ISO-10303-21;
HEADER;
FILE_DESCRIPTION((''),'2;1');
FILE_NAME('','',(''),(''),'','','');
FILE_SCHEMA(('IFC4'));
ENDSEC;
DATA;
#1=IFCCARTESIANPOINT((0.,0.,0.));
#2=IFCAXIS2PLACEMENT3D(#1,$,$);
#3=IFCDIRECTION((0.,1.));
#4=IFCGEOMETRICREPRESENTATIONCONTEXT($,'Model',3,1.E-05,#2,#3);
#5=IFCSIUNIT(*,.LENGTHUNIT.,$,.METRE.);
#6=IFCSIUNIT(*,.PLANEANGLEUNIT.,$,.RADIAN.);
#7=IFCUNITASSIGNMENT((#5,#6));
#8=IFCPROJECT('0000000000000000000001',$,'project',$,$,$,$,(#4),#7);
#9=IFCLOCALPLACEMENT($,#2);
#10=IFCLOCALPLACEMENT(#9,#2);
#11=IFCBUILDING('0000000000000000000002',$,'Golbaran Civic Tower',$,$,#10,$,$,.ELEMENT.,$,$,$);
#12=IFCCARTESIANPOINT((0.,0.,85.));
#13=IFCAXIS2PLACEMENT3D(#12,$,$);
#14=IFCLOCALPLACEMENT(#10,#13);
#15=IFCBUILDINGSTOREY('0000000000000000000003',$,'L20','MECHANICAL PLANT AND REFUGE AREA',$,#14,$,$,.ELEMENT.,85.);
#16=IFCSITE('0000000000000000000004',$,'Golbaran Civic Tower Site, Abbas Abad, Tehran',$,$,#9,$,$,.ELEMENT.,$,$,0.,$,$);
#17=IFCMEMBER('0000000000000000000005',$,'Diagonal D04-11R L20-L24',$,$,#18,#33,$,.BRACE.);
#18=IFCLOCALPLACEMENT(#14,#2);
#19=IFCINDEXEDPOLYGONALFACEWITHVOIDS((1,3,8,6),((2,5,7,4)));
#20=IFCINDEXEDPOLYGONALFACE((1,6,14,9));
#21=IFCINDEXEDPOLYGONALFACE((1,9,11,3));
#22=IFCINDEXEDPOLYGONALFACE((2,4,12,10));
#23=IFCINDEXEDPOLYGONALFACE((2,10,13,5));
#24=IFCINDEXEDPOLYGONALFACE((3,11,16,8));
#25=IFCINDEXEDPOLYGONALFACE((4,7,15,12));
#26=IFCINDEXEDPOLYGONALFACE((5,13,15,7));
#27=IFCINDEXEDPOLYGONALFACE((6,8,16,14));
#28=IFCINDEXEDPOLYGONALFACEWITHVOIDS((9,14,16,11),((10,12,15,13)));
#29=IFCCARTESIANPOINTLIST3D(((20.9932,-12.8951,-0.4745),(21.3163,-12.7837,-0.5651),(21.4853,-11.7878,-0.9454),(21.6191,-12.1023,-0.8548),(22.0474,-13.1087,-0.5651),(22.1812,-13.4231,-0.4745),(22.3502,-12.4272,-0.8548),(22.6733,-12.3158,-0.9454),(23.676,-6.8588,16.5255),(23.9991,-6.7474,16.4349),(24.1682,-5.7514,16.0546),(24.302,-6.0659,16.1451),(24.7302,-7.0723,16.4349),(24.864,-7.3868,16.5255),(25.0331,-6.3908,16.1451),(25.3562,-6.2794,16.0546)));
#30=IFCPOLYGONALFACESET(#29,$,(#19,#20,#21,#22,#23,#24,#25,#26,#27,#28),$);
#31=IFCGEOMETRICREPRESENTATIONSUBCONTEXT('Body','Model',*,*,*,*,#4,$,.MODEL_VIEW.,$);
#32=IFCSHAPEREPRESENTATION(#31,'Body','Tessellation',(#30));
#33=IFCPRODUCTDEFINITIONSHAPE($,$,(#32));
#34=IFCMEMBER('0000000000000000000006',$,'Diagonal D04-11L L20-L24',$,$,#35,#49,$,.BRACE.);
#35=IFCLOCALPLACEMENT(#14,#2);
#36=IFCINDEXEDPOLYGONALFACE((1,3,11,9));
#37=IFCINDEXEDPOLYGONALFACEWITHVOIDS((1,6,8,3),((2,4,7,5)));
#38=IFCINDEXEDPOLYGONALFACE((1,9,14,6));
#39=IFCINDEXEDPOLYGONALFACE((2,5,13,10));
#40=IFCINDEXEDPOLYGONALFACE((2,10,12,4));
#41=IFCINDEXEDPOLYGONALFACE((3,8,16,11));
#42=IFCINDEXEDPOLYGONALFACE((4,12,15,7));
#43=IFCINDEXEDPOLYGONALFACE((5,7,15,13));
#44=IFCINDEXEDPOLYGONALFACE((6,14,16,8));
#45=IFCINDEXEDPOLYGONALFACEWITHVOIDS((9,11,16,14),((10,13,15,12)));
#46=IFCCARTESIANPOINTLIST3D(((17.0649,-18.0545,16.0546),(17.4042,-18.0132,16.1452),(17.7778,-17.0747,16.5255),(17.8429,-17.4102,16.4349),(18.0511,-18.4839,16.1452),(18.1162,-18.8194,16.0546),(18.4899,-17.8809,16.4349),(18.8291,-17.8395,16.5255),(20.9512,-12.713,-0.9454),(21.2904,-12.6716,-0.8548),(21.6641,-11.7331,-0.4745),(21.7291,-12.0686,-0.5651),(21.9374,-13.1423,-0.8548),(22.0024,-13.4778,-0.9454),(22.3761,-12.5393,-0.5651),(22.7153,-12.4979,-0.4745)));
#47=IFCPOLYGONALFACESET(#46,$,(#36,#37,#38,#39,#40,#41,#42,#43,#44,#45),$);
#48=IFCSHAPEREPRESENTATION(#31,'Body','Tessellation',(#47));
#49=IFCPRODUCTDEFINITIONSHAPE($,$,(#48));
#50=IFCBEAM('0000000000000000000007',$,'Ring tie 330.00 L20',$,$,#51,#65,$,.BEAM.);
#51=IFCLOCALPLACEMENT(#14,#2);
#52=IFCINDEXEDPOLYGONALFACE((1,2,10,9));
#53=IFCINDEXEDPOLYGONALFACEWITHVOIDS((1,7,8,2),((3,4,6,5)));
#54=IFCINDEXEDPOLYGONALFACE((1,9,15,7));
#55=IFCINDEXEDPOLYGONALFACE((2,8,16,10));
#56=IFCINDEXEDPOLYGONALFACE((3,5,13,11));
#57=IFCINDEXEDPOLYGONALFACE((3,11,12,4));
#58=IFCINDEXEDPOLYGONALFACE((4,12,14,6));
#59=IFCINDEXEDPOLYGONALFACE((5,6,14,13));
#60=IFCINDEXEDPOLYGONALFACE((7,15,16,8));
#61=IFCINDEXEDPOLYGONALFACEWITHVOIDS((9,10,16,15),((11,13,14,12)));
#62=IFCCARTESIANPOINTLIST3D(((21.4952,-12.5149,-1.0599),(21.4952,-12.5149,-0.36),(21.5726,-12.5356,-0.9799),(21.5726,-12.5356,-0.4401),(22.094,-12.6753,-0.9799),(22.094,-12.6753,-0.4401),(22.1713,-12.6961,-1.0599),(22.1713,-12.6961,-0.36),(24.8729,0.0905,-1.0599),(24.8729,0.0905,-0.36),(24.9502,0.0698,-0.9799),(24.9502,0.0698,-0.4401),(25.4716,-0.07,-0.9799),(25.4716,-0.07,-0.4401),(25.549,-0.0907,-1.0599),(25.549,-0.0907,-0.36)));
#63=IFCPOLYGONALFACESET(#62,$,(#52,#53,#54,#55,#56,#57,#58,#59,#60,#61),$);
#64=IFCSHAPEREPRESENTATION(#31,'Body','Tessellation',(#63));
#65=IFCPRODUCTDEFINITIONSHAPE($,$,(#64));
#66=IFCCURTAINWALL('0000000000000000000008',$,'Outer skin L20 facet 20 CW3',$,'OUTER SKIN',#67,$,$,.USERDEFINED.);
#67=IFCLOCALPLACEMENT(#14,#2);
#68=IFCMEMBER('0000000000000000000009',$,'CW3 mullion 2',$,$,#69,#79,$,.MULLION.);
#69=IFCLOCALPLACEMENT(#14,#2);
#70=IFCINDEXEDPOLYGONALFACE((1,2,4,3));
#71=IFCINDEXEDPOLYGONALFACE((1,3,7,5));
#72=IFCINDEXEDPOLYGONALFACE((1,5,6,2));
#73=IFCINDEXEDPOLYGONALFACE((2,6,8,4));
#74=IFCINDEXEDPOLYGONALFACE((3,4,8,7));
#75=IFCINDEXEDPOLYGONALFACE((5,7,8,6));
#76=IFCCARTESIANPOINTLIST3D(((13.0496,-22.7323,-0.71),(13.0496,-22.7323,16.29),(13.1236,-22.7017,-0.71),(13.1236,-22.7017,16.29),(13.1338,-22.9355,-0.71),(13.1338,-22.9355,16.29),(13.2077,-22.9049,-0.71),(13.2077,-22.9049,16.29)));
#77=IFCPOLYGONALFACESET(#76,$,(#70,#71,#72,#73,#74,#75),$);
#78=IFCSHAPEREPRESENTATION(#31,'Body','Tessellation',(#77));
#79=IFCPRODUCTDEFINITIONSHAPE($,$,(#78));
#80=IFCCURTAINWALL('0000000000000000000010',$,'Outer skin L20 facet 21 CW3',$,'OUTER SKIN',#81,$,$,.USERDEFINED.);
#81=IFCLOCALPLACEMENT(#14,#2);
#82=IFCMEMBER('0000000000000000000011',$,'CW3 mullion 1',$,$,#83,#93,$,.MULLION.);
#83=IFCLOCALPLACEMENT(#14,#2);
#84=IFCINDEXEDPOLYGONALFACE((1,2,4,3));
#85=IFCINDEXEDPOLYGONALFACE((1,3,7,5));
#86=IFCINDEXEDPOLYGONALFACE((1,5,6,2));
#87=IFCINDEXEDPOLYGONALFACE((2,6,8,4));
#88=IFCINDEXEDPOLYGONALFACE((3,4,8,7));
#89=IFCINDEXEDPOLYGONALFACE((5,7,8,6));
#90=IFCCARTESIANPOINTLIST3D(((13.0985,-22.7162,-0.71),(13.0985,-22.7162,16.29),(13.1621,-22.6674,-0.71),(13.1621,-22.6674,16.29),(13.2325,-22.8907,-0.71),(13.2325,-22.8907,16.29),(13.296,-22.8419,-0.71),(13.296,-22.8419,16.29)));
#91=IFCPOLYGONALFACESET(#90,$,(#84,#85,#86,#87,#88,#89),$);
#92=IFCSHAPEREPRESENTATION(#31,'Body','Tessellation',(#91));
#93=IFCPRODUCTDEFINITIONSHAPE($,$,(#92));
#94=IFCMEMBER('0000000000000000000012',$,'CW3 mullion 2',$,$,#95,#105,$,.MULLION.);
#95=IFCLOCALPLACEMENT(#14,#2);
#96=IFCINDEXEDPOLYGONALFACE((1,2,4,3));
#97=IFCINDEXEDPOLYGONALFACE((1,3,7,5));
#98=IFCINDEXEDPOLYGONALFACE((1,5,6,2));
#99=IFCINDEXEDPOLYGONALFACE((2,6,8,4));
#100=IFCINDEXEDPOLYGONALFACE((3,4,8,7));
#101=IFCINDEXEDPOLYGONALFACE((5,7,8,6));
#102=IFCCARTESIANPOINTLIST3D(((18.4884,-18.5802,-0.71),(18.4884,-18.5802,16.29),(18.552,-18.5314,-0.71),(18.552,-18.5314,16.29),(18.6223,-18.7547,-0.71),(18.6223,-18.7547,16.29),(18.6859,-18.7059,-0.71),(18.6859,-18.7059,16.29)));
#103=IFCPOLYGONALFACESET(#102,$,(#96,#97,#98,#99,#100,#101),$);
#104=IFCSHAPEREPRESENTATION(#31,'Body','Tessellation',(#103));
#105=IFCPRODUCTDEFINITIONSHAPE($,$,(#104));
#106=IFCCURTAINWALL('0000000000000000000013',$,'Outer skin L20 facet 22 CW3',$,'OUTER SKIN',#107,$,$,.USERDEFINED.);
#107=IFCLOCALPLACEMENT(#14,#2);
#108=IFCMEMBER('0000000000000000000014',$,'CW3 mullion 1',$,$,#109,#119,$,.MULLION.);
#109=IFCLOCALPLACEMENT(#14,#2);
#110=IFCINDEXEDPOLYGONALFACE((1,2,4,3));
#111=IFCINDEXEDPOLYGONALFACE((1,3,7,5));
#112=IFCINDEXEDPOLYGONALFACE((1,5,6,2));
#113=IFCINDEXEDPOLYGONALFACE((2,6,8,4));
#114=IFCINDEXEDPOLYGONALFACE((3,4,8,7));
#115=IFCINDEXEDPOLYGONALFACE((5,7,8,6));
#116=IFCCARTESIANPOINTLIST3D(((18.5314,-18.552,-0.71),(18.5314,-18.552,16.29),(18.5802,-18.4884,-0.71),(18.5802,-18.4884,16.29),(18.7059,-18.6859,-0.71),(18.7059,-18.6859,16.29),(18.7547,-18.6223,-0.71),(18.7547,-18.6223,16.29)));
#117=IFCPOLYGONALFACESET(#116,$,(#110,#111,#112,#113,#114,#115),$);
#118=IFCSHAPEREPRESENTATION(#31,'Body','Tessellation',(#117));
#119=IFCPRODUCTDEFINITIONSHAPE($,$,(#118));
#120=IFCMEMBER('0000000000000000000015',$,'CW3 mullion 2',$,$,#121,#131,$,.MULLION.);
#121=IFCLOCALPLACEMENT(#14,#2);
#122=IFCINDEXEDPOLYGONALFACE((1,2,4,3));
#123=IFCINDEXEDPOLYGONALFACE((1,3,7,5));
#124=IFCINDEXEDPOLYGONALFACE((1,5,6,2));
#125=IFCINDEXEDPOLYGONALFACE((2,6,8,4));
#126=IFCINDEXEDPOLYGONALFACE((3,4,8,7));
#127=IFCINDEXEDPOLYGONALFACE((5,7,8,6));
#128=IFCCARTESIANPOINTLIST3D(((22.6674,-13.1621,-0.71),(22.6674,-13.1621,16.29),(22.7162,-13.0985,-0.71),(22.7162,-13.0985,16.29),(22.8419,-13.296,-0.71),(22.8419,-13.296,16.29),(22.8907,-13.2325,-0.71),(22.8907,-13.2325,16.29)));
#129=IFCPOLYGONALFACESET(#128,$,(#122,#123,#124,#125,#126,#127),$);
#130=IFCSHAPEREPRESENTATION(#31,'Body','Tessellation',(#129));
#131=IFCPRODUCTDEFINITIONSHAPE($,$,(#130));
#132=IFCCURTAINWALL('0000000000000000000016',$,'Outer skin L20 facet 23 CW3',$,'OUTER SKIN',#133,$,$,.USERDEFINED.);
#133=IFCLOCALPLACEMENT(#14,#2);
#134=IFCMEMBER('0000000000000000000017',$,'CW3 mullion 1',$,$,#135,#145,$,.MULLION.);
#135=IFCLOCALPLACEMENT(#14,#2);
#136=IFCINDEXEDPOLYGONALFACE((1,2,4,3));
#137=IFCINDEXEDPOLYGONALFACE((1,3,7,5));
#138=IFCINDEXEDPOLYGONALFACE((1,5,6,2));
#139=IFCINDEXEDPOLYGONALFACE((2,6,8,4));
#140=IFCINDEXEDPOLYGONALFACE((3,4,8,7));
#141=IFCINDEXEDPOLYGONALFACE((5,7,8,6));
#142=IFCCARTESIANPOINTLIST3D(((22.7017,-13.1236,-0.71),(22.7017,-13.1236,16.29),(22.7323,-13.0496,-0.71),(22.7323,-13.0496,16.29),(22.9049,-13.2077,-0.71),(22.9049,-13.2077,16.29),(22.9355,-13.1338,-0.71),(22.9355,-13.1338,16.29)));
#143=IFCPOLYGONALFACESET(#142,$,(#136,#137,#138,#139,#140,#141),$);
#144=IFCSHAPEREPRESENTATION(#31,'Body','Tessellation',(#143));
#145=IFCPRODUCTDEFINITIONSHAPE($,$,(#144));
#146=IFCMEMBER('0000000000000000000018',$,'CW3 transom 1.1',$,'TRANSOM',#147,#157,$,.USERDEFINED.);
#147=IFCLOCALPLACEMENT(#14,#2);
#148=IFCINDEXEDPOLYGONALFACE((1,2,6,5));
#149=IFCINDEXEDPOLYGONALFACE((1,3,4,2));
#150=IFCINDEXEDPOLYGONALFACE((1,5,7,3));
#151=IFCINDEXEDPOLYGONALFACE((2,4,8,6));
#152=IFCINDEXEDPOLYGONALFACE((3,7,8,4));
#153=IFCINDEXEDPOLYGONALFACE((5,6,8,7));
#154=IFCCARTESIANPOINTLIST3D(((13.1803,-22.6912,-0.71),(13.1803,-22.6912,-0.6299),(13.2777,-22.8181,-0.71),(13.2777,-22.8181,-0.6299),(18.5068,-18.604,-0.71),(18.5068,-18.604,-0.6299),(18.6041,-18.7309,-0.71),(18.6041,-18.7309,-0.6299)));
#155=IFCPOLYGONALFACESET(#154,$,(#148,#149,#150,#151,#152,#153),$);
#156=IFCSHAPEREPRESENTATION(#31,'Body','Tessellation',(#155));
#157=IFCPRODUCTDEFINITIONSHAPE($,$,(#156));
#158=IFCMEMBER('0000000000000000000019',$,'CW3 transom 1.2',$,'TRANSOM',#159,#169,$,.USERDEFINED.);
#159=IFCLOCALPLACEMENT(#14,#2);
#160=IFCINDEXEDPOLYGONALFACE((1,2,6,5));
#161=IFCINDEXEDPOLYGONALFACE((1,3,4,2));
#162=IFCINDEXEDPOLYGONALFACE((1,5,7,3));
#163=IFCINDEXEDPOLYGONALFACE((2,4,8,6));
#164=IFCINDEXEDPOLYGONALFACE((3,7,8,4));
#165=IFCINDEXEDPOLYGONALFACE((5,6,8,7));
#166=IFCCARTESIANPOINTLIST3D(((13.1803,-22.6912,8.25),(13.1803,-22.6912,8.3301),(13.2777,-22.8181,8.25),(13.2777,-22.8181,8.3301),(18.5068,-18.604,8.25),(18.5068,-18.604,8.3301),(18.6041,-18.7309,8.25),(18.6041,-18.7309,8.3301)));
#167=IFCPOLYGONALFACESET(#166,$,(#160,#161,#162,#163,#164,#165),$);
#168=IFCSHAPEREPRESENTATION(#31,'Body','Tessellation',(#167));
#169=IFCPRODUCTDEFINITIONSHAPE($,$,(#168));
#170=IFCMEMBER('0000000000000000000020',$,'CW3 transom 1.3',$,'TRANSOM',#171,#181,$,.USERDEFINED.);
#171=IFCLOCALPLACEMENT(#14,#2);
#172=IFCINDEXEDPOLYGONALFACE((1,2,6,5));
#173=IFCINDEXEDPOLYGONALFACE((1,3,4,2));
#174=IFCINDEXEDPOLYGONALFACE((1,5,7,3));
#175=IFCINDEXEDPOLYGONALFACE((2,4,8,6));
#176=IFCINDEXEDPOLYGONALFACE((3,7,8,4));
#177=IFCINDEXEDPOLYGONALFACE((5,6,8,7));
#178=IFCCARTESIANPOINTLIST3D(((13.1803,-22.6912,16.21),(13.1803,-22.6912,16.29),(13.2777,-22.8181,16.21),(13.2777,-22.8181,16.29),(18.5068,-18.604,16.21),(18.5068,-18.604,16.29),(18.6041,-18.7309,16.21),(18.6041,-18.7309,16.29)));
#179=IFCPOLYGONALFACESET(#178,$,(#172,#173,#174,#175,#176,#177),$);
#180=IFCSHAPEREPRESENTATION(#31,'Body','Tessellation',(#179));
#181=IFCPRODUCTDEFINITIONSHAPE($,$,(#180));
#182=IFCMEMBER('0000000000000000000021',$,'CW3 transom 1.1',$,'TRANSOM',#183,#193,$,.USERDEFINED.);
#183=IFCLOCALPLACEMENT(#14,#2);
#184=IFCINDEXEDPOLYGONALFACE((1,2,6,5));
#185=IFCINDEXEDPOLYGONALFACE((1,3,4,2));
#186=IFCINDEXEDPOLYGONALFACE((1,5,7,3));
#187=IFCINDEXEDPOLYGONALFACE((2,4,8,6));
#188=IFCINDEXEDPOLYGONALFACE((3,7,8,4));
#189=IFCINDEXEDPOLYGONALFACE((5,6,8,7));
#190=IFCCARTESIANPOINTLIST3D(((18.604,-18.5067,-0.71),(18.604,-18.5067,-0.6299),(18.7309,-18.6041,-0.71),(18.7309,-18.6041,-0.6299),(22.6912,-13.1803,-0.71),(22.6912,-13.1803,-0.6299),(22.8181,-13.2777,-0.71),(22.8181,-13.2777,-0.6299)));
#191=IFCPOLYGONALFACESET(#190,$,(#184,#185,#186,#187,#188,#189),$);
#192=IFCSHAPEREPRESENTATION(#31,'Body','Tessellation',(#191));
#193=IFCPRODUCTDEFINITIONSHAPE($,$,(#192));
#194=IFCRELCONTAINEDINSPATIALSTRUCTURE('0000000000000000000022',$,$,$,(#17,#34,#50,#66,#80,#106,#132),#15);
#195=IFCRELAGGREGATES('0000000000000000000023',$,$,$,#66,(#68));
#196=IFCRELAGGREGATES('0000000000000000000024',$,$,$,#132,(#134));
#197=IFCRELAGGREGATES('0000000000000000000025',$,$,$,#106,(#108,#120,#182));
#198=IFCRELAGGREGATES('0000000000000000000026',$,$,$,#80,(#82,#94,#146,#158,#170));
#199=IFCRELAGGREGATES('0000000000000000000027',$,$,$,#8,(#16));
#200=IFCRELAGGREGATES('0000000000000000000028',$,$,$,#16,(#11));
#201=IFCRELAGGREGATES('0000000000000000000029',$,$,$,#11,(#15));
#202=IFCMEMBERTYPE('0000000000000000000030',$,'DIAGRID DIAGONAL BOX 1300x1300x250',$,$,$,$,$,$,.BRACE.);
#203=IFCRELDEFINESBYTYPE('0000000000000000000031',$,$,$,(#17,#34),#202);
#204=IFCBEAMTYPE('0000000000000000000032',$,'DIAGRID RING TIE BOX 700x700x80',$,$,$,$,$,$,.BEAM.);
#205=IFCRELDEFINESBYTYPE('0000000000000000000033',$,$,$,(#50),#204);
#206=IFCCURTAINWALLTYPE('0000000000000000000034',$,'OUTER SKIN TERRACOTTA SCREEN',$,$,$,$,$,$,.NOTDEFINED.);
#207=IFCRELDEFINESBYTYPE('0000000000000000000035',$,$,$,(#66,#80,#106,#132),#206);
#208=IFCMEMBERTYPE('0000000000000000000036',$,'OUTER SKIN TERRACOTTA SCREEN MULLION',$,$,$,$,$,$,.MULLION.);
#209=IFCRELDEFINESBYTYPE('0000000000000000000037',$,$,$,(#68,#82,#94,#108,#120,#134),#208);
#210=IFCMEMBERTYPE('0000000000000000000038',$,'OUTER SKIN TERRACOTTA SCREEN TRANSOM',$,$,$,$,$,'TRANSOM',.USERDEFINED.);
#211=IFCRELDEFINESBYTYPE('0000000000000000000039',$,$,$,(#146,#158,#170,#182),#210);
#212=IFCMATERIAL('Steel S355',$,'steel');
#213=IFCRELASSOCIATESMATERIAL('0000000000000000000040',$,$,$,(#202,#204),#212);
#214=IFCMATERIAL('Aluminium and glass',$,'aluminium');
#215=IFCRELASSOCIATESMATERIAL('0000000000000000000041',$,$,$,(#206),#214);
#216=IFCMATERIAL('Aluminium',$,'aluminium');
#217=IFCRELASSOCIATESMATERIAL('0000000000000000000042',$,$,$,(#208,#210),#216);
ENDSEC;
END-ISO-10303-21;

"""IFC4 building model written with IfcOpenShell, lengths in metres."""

from ifc_helpers import new_model, si_unit, direction, frame, origin, origin_2d, place, context, subcontext, project, spatial, rectangle, hollow_rectangle, extrude, material, material_profile, profile_set, type_object, element, aggregate, save


model = new_model("IFC4")

# Units and contexts
model_context = context("Model", 3, precision=1e-05, world=origin(), true_north=direction((0.0, 1.0)))
body_context = subcontext(model_context, "Body", "Model", "MODEL_VIEW")
ifc_project = project(units=[si_unit("LENGTHUNIT", "METRE"), si_unit("PLANEANGLEUNIT", "RADIAN")], contexts=[model_context])

# Site, building, storey
site_placement = place(None, origin())
site = spatial("IfcSite", under=ifc_project, at=site_placement, Name="Golbaran Civic Tower Site, Abbas Abad, Tehran", CompositionType="ELEMENT", RefElevation=0.0)
building_placement = place(site_placement, origin())
building = spatial("IfcBuilding", under=site, at=building_placement, Name="Golbaran Civic Tower", CompositionType="ELEMENT")
storey_placement = place(building_placement, frame((0.0, 0.0, 85.0)))
storey = spatial("IfcBuildingStorey", under=building, at=storey_placement, Name="L20", Description="MECHANICAL PLANT AND REFUGE AREA", CompositionType="ELEMENT", Elevation=85.0)

# Members
ifc_material_1 = material(Name="Steel S355", Category="steel")
ifc_material_profile_1 = material_profile(ifc_material_1, hollow_rectangle(XDim=1.3, YDim=1.3, WallThickness=0.25, at=origin_2d()), Name="BOX 1300x1300x250")
ifc_profile_set_1 = profile_set([ifc_material_profile_1], Name="Steel S355")
member_type_1 = type_object("IfcMemberType", Name="DIAGRID DIAGONAL BOX 1300x1300x250", PredefinedType="BRACE", material=ifc_profile_set_1)
for number, where, z_axis, x_axis, name in (
    (1, (21.8333, -12.6055, -0.71), (0.1471, 0.330973, 0.932104), (-0.91381, 0.406142, 0.0), "Diagonal D04-11R L20-L24"),
    (2, (21.8333, -12.6055, -0.71), (-0.213081, -0.292876, 0.932105), (0.808631, -0.588317, 0.0), "Diagonal D04-11L L20-L24"),
):
    element("IfcMember", number, at=place(storey_placement, frame(where, z_axis=z_axis, x_axis=x_axis)), inside=storey, type_object=member_type_1, Name=name, PredefinedType="BRACE", context=body_context, shape_type="SweptSolid", body=[
        extrude(hollow_rectangle(XDim=1.3, YDim=1.3, WallThickness=0.25, at=origin_2d()), origin(), (0.0, 0.0, 1.0), 18.2383),
    ])

# Beam
ifc_material_profile_2 = material_profile(ifc_material_1, hollow_rectangle(XDim=0.7, YDim=0.7, WallThickness=0.0801, at=origin_2d()), Name="BOX 700x700x80")
ifc_profile_set_2 = profile_set([ifc_material_profile_2], Name="Steel S355")
beam_type = type_object("IfcBeamType", Name="DIAGRID RING TIE BOX 700x700x80", PredefinedType="BEAM", material=ifc_profile_set_2)
beam_placement = place(storey_placement, frame((21.8333, -12.6055, -0.71), z_axis=(0.258823, 0.965925, 0.0), x_axis=(-0.965925, 0.258823, 0.0)))
element("IfcBeam", 3, at=beam_placement, inside=storey, type_object=beam_type, Name="Ring tie 330.00 L20", PredefinedType="BEAM", context=body_context, shape_type="SweptSolid", body=[
    extrude(hollow_rectangle(XDim=0.7, YDim=0.7, WallThickness=0.0801, at=origin_2d()), origin(), (0.0, 0.0, 1.0), 13.05),
])

# Curtain wall, member
ifc_material_2 = material(Name="Aluminium and glass", Category="aluminium")
curtain_wall_type_1 = type_object("IfcCurtainWallType", Name="OUTER SKIN TERRACOTTA SCREEN", PredefinedType="NOTDEFINED", material=ifc_material_2)
curtain_wall_1_placement = place(storey_placement, origin())
curtain_wall_1 = element("IfcCurtainWall", 4, at=curtain_wall_1_placement, inside=storey, type_object=curtain_wall_type_1, Name="Outer skin L20 facet 20 CW3", ObjectType="OUTER SKIN", PredefinedType="USERDEFINED")
ifc_material_3 = material(Name="Aluminium", Category="aluminium")
ifc_material_profile_3 = material_profile(ifc_material_3, rectangle(XDim=0.22, YDim=0.0801, at=origin_2d()), Name="OUTER SKIN TERRACOTTA SCREEN MULLION")
ifc_profile_set_3 = profile_set([ifc_material_profile_3], Name="Aluminium")
member_type_2 = type_object("IfcMemberType", Name="OUTER SKIN TERRACOTTA SCREEN MULLION", PredefinedType="MULLION", material=ifc_profile_set_3)
member_1_placement = place(storey_placement, frame((13.1287, -22.8186, -0.71), z_axis=(0.0, 0.0, 1.0), x_axis=(-0.382683, 0.92388, 0.0)))
member_1 = element("IfcMember", 5, at=member_1_placement, type_object=member_type_2, Name="CW3 mullion 2", PredefinedType="MULLION", context=body_context, shape_type="SweptSolid", body=[
    extrude(rectangle(XDim=0.22, YDim=0.0801, at=origin_2d()), origin(), (0.0, 0.0, 1.0), 17.0),
])
aggregate(curtain_wall_1, [member_1])

# Curtain walls, members
curtain_wall_2_placement = place(storey_placement, origin())
curtain_wall_2 = element("IfcCurtainWall", 6, at=curtain_wall_2_placement, inside=storey, type_object=curtain_wall_type_1, Name="Outer skin L20 facet 21 CW3", ObjectType="OUTER SKIN", PredefinedType="USERDEFINED")
member_2_placement = place(storey_placement, frame((13.1973, -22.7791, -0.71), z_axis=(0.0, 0.0, 1.0), x_axis=(-0.608761, 0.793353, 0.0)))
member_2 = element("IfcMember", 7, at=member_2_placement, type_object=member_type_2, Name="CW3 mullion 1", PredefinedType="MULLION", context=body_context, shape_type="SweptSolid", body=[
    extrude(rectangle(XDim=0.22, YDim=0.0801, at=origin_2d()), origin(), (0.0, 0.0, 1.0), 17.0),
])
member_3_placement = place(storey_placement, frame((18.5872, -18.6431, -0.71), z_axis=(0.0, 0.0, 1.0), x_axis=(-0.608761, 0.793353, 0.0)))
member_3 = element("IfcMember", 8, at=member_3_placement, type_object=member_type_2, Name="CW3 mullion 2", PredefinedType="MULLION", context=body_context, shape_type="SweptSolid", body=[
    extrude(rectangle(XDim=0.22, YDim=0.0801, at=origin_2d()), origin(), (0.0, 0.0, 1.0), 17.0),
])
curtain_wall_3_placement = place(storey_placement, origin())
curtain_wall_3 = element("IfcCurtainWall", 9, at=curtain_wall_3_placement, inside=storey, type_object=curtain_wall_type_1, Name="Outer skin L20 facet 22 CW3", ObjectType="OUTER SKIN", PredefinedType="USERDEFINED")
member_4_placement = place(storey_placement, frame((18.6431, -18.5872, -0.71), z_axis=(0.0, 0.0, 1.0), x_axis=(-0.793353, 0.608761, 0.0)))
member_4 = element("IfcMember", 10, at=member_4_placement, type_object=member_type_2, Name="CW3 mullion 1", PredefinedType="MULLION", context=body_context, shape_type="SweptSolid", body=[
    extrude(rectangle(XDim=0.22, YDim=0.0801, at=origin_2d()), origin(), (0.0, 0.0, 1.0), 17.0),
])
member_5_placement = place(storey_placement, frame((22.7791, -13.1973, -0.71), z_axis=(0.0, 0.0, 1.0), x_axis=(-0.793353, 0.608761, 0.0)))
member_5 = element("IfcMember", 11, at=member_5_placement, type_object=member_type_2, Name="CW3 mullion 2", PredefinedType="MULLION", context=body_context, shape_type="SweptSolid", body=[
    extrude(rectangle(XDim=0.22, YDim=0.0801, at=origin_2d()), origin(), (0.0, 0.0, 1.0), 17.0),
])

# Curtain wall, member
curtain_wall_4_placement = place(storey_placement, origin())
curtain_wall_4 = element("IfcCurtainWall", 12, at=curtain_wall_4_placement, inside=storey, type_object=curtain_wall_type_1, Name="Outer skin L20 facet 23 CW3", ObjectType="OUTER SKIN", PredefinedType="USERDEFINED")
member_6_placement = place(storey_placement, frame((22.8186, -13.1287, -0.71), z_axis=(0.0, 0.0, 1.0), x_axis=(-0.92388, 0.382683, 0.0)))
member_6 = element("IfcMember", 13, at=member_6_placement, type_object=member_type_2, Name="CW3 mullion 1", PredefinedType="MULLION", context=body_context, shape_type="SweptSolid", body=[
    extrude(rectangle(XDim=0.22, YDim=0.0801, at=origin_2d()), origin(), (0.0, 0.0, 1.0), 17.0),
])

# Members
ifc_material_profile_4 = material_profile(ifc_material_3, rectangle(XDim=0.1599, YDim=0.0801, at=origin_2d()), Name="OUTER SKIN TERRACOTTA SCREEN TRANSOM")
ifc_profile_set_4 = profile_set([ifc_material_profile_4], Name="Aluminium")
member_type_3 = type_object("IfcMemberType", Name="OUTER SKIN TERRACOTTA SCREEN TRANSOM", ElementType="TRANSOM", PredefinedType="USERDEFINED", material=ifc_profile_set_4)
member_7_placement = place(storey_placement, frame((13.229, -22.7546, -0.6699), z_axis=(0.793349, 0.608767, 0.0), x_axis=(-0.608767, 0.793349, 0.0)))
member_7 = element("IfcMember", 14, at=member_7_placement, type_object=member_type_3, Name="CW3 transom 1.1", ObjectType="TRANSOM", PredefinedType="USERDEFINED", context=body_context, shape_type="SweptSolid", body=[
    extrude(rectangle(XDim=0.1599, YDim=0.0801, at=origin_2d()), origin(), (0.0, 0.0, 1.0), 6.7139),
])
member_8_placement = place(storey_placement, frame((13.229, -22.7546, 8.29), z_axis=(0.793349, 0.608767, 0.0), x_axis=(-0.608767, 0.793349, 0.0)))
member_8 = element("IfcMember", 15, at=member_8_placement, type_object=member_type_3, Name="CW3 transom 1.2", ObjectType="TRANSOM", PredefinedType="USERDEFINED", context=body_context, shape_type="SweptSolid", body=[
    extrude(rectangle(XDim=0.1599, YDim=0.0801, at=origin_2d()), origin(), (0.0, 0.0, 1.0), 6.7139),
])
member_9_placement = place(storey_placement, frame((13.229, -22.7546, 16.25), z_axis=(0.793349, 0.608767, 0.0), x_axis=(-0.608767, 0.793349, 0.0)))
member_9 = element("IfcMember", 16, at=member_9_placement, type_object=member_type_3, Name="CW3 transom 1.3", ObjectType="TRANSOM", PredefinedType="USERDEFINED", context=body_context, shape_type="SweptSolid", body=[
    extrude(rectangle(XDim=0.1599, YDim=0.0801, at=origin_2d()), origin(), (0.0, 0.0, 1.0), 6.7139),
])
member_10_placement = place(storey_placement, frame((18.6675, -18.5554, -0.6699), z_axis=(0.608767, 0.793349, 0.0), x_axis=(-0.793349, 0.608767, 0.0)))
member_10 = element("IfcMember", 17, at=member_10_placement, type_object=member_type_3, Name="CW3 transom 1.1", ObjectType="TRANSOM", PredefinedType="USERDEFINED", context=body_context, shape_type="SweptSolid", body=[
    extrude(rectangle(XDim=0.1599, YDim=0.0801, at=origin_2d()), origin(), (0.0, 0.0, 1.0), 6.7139),
])
aggregate(curtain_wall_4, [member_6])

aggregate(curtain_wall_3, [member_4, member_5, member_10])
aggregate(curtain_wall_2, [member_2, member_3, member_7, member_8, member_9])

save(model, "model.ifc")
